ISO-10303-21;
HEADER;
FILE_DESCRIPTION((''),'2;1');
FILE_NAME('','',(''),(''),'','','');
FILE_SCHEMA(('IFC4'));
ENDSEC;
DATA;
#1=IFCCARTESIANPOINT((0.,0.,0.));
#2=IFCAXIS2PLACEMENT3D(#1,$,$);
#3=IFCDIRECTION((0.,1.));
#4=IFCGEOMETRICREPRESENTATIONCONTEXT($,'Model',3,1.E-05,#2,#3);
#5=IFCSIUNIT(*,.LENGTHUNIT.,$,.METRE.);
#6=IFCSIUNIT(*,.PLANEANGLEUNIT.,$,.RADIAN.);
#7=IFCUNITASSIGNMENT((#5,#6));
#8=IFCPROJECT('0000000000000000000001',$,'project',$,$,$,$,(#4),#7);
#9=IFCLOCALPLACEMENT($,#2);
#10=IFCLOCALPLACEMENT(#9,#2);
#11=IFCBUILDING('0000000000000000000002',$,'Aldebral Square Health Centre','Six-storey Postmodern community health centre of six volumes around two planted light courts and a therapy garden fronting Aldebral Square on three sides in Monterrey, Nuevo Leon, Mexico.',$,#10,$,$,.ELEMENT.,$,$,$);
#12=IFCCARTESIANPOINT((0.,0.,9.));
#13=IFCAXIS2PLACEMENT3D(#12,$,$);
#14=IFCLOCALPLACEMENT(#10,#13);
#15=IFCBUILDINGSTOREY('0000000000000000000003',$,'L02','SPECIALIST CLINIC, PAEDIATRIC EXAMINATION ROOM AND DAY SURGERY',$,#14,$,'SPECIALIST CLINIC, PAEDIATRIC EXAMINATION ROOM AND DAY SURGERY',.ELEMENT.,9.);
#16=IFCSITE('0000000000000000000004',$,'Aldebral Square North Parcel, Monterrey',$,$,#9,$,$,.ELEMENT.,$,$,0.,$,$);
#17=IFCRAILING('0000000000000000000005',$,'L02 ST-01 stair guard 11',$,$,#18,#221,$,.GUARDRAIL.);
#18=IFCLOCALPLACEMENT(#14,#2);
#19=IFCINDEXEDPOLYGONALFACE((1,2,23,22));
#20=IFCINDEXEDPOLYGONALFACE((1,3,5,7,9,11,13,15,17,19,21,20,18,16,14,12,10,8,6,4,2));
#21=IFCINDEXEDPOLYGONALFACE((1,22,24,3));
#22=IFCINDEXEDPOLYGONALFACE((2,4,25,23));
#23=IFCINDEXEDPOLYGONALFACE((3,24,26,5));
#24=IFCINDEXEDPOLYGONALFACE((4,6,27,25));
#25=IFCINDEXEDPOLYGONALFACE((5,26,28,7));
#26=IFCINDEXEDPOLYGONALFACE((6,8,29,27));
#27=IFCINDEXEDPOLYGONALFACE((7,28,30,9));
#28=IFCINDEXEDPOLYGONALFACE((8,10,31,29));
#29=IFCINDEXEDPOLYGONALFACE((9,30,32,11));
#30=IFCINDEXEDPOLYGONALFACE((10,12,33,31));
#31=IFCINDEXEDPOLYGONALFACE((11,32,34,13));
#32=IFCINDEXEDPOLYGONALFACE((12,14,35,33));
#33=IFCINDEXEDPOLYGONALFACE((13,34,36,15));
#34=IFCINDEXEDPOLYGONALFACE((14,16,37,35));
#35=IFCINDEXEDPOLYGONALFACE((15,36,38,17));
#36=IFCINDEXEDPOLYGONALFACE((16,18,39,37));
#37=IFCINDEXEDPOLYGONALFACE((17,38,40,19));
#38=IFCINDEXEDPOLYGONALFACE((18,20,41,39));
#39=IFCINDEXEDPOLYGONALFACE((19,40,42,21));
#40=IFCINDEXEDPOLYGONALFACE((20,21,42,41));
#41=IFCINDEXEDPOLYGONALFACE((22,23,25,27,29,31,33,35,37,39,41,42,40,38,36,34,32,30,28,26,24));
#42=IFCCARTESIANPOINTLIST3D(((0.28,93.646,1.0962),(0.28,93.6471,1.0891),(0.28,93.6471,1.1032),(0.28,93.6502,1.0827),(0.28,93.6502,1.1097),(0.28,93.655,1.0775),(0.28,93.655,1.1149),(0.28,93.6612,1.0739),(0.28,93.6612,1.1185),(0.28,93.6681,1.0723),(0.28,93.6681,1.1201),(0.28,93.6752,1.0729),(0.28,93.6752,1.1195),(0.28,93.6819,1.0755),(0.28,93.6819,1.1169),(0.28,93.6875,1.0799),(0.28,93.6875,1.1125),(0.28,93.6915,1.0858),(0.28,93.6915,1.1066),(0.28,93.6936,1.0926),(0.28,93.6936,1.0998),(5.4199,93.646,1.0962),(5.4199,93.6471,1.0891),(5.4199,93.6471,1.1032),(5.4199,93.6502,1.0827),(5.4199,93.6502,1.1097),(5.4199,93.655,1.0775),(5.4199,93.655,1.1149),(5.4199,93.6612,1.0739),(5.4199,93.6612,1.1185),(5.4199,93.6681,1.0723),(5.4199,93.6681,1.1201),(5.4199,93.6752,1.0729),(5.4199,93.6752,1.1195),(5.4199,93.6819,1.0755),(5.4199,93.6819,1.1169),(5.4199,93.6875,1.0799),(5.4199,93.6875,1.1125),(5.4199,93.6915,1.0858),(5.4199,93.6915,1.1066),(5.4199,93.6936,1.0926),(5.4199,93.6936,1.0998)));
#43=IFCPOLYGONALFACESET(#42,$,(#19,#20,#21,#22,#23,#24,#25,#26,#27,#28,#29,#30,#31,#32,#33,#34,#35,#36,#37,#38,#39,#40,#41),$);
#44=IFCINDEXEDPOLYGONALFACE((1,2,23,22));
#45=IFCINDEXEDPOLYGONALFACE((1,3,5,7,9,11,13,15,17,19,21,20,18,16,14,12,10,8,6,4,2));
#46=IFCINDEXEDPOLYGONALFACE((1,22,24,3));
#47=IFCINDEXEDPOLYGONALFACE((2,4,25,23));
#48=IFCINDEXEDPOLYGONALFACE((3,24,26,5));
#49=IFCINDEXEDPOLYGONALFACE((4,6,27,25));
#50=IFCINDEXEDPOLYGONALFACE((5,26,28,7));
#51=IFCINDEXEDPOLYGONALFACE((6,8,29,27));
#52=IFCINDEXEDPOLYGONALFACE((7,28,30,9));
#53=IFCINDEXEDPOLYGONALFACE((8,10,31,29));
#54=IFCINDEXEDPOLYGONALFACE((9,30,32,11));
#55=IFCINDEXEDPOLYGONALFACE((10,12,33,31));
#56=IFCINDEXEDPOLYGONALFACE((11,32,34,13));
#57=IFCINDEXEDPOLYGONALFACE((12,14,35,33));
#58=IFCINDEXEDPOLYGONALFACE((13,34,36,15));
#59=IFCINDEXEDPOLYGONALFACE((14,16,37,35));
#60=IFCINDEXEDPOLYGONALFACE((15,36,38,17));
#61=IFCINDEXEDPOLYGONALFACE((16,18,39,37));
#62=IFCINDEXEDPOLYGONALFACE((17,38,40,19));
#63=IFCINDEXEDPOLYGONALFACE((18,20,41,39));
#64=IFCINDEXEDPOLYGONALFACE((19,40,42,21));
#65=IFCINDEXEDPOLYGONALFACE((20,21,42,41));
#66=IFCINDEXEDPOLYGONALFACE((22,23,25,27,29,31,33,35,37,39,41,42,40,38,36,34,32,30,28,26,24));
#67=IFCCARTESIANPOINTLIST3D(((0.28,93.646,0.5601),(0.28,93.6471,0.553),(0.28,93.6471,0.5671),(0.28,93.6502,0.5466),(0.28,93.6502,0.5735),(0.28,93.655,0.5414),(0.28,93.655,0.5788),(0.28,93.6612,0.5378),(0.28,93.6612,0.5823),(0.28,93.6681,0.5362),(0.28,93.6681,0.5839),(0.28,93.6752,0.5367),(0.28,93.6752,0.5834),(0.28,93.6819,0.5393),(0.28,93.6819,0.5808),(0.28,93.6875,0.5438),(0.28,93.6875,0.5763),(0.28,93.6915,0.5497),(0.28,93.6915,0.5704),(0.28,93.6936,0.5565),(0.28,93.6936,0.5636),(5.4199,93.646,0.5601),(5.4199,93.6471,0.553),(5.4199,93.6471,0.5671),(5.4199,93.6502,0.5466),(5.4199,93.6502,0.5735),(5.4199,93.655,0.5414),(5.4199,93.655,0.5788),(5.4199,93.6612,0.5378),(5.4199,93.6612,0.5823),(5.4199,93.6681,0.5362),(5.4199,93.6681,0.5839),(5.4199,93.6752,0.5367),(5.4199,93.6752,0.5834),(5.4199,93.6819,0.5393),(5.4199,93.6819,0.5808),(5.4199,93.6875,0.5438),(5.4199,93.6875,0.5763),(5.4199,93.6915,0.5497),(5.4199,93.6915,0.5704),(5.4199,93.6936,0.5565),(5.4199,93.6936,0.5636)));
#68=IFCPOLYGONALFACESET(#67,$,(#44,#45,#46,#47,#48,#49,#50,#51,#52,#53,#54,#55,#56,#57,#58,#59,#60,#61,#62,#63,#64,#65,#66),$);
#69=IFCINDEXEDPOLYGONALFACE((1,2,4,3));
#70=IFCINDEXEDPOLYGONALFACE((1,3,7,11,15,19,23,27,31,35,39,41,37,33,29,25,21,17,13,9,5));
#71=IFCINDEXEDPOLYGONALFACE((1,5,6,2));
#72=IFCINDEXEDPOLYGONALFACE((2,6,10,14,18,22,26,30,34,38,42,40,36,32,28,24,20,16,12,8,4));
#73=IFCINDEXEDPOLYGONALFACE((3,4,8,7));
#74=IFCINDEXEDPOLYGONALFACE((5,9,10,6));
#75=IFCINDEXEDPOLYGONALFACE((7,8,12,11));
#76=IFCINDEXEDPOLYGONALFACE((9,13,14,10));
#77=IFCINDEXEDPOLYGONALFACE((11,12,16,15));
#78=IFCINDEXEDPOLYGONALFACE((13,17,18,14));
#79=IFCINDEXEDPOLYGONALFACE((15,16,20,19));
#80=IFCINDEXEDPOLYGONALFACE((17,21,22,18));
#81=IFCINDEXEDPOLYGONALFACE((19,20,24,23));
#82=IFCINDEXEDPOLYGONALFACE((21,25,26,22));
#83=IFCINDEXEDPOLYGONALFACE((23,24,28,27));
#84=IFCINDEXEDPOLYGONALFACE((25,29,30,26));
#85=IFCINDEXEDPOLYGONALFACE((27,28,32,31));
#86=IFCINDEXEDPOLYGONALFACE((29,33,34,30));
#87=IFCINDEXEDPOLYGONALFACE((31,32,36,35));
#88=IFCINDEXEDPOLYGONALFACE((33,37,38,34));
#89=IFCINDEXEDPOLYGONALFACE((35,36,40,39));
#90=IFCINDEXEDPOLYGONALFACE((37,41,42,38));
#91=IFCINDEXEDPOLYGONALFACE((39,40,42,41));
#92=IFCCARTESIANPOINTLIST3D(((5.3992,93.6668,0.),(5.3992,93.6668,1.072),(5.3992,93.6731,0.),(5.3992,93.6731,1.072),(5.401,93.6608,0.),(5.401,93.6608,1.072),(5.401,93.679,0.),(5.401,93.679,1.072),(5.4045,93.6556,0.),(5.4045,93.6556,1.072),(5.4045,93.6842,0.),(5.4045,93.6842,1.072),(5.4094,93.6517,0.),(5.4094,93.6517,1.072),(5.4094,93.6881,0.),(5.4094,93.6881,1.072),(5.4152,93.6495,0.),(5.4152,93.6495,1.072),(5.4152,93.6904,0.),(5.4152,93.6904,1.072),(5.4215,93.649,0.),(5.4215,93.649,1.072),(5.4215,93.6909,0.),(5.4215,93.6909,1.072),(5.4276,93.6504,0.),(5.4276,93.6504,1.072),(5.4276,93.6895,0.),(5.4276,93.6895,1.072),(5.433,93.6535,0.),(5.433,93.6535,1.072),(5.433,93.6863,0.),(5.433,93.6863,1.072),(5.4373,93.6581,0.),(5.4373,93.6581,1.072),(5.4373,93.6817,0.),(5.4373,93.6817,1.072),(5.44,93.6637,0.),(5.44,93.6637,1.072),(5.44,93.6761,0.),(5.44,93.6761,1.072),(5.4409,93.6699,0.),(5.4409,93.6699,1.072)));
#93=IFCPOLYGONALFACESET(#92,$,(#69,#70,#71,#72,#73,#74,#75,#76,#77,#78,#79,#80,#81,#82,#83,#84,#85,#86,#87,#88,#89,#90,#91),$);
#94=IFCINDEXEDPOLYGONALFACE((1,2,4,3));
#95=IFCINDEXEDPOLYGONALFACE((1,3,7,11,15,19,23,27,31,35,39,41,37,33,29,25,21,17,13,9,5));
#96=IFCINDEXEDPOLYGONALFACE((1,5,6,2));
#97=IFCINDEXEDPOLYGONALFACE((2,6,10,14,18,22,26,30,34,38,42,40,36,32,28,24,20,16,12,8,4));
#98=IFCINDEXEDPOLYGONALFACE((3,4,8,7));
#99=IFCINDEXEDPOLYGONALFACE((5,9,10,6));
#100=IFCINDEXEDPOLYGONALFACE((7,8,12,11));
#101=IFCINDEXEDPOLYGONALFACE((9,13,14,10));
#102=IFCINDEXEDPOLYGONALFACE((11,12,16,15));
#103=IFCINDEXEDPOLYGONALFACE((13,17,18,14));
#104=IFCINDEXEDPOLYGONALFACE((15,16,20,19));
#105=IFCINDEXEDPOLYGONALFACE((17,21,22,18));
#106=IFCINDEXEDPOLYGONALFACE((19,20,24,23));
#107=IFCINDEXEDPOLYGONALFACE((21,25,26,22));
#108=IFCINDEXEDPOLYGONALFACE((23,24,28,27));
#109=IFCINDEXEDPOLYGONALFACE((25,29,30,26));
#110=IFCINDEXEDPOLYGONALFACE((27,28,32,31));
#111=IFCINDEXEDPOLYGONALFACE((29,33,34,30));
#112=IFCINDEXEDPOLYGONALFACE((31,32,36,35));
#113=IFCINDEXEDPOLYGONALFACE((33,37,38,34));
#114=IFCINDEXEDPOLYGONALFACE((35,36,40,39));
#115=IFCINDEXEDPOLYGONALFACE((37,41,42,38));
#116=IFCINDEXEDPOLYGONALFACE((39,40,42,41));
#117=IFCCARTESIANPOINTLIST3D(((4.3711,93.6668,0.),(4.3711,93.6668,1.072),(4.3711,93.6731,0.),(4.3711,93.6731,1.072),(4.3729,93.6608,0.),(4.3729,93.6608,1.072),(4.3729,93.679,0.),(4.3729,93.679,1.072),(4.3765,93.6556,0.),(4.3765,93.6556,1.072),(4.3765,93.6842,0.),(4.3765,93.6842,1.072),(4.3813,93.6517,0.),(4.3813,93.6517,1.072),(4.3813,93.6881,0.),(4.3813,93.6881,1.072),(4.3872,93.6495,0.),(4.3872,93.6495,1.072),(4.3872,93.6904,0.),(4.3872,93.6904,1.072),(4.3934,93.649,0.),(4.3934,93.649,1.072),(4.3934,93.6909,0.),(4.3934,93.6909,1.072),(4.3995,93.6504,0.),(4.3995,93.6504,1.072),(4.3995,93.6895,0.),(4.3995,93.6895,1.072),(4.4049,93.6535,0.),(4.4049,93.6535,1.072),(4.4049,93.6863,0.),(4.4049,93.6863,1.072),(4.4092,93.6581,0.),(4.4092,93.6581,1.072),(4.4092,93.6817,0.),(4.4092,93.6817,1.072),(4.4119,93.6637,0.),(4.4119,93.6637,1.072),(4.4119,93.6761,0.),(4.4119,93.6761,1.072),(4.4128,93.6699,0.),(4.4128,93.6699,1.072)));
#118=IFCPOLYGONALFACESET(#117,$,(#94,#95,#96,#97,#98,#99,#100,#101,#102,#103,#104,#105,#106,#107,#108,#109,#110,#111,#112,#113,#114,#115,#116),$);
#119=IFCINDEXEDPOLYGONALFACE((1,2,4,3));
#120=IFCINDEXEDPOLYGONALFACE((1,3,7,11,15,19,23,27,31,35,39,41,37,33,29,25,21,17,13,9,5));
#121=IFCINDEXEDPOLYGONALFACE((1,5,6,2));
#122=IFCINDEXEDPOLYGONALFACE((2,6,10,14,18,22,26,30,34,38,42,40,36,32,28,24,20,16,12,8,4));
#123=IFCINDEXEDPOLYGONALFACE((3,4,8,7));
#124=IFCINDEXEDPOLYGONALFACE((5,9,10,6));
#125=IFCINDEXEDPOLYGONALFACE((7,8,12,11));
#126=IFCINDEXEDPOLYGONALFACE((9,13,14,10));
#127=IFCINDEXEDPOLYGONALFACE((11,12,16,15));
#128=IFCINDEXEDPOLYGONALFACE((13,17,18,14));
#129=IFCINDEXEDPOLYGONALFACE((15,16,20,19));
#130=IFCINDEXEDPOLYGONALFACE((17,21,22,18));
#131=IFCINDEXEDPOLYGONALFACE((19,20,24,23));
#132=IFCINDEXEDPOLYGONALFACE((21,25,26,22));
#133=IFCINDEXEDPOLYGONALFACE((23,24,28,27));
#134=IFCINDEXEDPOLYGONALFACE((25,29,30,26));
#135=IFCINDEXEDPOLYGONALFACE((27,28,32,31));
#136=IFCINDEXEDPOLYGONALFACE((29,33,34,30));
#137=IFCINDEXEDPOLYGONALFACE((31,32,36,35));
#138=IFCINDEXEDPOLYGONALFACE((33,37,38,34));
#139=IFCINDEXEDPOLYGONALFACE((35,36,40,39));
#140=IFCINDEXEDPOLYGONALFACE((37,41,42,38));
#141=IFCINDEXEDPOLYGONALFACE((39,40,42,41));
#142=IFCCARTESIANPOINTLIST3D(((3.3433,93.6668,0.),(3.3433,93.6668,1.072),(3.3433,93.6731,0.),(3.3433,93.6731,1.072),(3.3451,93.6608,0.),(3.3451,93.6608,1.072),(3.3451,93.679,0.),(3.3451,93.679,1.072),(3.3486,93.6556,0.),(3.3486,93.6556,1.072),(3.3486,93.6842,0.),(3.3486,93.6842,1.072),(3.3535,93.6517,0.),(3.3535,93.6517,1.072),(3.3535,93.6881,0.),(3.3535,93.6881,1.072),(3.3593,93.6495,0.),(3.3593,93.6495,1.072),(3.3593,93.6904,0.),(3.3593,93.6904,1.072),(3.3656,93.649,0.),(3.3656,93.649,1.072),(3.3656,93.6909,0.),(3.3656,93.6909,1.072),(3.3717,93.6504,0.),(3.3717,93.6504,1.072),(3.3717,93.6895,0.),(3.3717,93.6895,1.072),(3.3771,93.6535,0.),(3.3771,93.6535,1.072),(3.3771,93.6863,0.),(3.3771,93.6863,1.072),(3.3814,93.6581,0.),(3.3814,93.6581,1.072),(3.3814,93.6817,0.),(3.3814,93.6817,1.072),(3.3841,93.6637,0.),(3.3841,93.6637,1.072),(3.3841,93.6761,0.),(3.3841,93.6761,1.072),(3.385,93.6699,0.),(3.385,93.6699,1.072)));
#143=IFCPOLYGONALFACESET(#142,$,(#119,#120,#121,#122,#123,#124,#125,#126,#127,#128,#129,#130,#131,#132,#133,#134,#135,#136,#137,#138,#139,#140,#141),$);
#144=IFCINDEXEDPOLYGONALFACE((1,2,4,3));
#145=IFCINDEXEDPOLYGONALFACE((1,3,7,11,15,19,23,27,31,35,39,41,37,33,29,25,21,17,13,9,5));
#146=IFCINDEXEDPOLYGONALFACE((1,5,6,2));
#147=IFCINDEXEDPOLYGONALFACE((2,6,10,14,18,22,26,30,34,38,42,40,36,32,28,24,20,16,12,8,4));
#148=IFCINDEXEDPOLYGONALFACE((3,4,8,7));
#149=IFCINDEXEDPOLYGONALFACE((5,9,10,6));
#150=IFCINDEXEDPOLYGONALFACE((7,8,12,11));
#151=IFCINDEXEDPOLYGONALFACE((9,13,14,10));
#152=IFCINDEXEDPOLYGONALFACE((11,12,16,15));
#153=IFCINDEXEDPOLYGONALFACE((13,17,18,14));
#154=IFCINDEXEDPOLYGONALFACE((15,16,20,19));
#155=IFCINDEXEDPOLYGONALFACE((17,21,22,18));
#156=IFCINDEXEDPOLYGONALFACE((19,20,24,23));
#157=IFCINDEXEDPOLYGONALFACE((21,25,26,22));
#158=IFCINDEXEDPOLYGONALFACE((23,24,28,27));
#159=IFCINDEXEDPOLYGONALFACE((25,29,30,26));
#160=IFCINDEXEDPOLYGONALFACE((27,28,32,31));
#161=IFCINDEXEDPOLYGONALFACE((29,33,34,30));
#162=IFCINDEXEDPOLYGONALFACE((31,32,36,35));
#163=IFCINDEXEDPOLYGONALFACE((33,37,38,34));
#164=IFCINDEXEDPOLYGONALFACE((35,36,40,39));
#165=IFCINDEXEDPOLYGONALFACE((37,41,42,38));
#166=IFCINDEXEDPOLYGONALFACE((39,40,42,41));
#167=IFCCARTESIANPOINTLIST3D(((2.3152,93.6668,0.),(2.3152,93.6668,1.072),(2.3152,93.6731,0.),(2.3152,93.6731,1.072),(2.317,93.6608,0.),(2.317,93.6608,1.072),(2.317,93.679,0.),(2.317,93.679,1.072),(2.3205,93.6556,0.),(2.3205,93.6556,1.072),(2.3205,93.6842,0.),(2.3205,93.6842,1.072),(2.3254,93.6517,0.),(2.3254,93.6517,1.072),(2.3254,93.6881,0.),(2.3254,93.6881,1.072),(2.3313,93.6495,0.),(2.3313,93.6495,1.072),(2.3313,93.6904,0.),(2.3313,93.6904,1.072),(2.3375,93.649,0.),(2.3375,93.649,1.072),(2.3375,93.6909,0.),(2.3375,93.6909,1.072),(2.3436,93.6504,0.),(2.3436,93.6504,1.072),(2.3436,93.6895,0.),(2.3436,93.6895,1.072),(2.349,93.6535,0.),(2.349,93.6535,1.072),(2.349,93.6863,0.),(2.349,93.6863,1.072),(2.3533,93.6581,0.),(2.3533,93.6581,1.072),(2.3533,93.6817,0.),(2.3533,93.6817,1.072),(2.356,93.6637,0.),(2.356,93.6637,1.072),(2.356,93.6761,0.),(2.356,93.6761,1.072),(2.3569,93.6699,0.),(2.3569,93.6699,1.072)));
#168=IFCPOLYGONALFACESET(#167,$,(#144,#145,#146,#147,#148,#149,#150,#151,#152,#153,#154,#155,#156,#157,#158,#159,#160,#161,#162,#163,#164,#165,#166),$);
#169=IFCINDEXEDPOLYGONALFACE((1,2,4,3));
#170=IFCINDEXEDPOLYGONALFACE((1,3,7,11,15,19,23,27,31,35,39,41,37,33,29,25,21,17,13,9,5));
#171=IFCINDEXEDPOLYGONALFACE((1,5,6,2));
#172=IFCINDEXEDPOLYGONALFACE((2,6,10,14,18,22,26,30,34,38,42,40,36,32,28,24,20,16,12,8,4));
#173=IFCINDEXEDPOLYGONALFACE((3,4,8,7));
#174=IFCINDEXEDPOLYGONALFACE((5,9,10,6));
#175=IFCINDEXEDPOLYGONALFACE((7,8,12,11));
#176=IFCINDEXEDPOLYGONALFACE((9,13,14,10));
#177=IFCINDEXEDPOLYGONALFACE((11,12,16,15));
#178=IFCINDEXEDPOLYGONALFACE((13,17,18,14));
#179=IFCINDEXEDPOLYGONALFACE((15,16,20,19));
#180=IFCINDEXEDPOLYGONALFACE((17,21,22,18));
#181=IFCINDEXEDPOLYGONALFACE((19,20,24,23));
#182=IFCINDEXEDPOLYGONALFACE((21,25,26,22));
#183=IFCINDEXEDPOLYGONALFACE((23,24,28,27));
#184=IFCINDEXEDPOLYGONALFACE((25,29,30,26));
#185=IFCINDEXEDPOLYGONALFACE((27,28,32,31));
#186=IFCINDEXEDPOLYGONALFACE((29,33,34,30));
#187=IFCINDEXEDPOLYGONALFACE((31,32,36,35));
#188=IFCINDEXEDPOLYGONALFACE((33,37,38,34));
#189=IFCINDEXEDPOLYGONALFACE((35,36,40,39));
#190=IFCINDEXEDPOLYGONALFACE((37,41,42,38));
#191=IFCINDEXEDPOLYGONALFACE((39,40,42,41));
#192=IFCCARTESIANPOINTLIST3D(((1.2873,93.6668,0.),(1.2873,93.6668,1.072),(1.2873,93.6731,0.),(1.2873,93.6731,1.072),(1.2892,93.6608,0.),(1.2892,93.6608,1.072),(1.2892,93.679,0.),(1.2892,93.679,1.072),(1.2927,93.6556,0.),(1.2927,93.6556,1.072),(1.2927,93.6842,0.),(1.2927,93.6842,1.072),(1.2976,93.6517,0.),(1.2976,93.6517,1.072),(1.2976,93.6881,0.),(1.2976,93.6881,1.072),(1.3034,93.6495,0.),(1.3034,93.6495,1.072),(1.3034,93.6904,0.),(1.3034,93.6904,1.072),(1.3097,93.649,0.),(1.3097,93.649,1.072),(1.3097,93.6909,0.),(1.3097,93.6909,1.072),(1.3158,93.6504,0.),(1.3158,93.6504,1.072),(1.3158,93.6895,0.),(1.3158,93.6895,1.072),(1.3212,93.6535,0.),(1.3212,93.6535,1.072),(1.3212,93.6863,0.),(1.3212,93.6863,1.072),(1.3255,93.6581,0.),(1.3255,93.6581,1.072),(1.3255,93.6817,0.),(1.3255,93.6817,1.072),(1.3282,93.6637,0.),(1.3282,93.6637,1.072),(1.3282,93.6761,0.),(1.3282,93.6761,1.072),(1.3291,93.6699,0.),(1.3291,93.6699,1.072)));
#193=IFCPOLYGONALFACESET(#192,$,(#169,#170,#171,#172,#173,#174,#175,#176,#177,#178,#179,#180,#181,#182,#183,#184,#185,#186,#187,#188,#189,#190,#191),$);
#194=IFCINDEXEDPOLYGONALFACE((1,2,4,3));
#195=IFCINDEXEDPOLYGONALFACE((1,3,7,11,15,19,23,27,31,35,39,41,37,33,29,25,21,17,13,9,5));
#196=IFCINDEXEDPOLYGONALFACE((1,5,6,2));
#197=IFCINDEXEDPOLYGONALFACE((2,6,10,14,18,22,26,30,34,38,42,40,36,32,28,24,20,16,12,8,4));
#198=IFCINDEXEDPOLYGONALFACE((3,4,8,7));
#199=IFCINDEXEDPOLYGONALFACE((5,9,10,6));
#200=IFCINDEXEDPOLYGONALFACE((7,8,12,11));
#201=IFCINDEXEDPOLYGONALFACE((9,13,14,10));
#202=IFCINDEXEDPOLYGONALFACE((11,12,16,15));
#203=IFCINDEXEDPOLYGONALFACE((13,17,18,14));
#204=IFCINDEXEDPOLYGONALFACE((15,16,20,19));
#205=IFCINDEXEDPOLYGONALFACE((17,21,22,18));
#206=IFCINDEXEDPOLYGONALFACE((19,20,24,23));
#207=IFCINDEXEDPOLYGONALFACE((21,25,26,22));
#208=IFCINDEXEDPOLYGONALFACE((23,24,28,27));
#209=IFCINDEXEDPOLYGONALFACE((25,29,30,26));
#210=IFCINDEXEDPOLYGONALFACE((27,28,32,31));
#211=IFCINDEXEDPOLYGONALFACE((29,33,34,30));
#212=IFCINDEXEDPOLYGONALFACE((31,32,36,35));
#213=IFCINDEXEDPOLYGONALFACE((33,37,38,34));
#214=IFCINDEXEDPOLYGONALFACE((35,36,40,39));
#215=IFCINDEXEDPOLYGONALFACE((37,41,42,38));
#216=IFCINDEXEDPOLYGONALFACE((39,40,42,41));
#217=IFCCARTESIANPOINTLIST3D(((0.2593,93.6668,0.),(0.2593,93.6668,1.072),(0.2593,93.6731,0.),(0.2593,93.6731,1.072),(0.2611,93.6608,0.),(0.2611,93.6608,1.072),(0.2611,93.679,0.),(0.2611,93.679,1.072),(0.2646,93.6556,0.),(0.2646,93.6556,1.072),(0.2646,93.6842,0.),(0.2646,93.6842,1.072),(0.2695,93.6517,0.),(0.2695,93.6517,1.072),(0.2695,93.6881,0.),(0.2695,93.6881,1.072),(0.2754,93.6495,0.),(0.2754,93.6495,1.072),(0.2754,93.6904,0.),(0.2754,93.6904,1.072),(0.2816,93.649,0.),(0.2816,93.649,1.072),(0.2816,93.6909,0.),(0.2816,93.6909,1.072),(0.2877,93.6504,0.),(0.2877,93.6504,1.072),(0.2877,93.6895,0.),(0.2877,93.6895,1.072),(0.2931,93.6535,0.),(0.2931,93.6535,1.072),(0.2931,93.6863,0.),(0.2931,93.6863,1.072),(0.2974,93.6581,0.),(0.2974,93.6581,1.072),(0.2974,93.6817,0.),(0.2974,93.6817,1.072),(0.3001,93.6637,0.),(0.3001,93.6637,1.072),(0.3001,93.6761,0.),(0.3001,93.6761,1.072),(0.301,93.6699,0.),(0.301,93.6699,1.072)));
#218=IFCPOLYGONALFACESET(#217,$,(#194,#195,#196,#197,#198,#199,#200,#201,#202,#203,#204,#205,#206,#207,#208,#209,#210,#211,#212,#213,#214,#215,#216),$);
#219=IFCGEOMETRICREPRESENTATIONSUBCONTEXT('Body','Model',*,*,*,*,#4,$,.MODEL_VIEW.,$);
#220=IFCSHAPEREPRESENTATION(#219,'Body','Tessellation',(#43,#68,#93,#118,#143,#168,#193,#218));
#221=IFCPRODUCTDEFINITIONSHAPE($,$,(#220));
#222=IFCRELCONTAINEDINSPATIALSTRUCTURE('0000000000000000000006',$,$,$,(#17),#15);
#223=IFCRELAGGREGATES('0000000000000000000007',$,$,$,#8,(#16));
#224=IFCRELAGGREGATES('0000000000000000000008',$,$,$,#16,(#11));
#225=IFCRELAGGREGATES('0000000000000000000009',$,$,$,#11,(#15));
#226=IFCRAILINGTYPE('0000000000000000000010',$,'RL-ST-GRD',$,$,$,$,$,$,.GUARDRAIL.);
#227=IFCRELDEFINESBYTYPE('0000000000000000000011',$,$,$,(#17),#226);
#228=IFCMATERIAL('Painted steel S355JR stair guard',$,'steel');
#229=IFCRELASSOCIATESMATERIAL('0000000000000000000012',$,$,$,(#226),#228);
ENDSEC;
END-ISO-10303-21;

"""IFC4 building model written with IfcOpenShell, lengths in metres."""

from ifc_helpers import new_model, si_unit, direction, frame, origin, origin_2d, place, context, subcontext, project, spatial, circle, extrude, material, type_object, element, save


model = new_model("IFC4")

# Units and contexts
model_context = context("Model", 3, precision=1e-05, world=origin(), true_north=direction((0.0, 1.0)))
body_context = subcontext(model_context, "Body", "Model", "MODEL_VIEW")
ifc_project = project(units=[si_unit("LENGTHUNIT", "METRE"), si_unit("PLANEANGLEUNIT", "RADIAN")], contexts=[model_context])

# Site, building, storey
site_placement = place(None, origin())
site = spatial("IfcSite", under=ifc_project, at=site_placement, Name="Aldebral Square North Parcel, Monterrey", CompositionType="ELEMENT", RefElevation=0.0)
building_placement = place(site_placement, origin())
building = spatial("IfcBuilding", under=site, at=building_placement, Name="Aldebral Square Health Centre", Description="Six-storey Postmodern community health centre of six volumes around two planted light courts and a therapy garden fronting Aldebral Square on three sides in Monterrey, Nuevo Leon, Mexico.", CompositionType="ELEMENT")
storey_placement = place(building_placement, frame((0.0, 0.0, 9.0)))
storey = spatial("IfcBuildingStorey", under=building, at=storey_placement, Name="L02", Description="SPECIALIST CLINIC, PAEDIATRIC EXAMINATION ROOM AND DAY SURGERY", LongName="SPECIALIST CLINIC, PAEDIATRIC EXAMINATION ROOM AND DAY SURGERY", CompositionType="ELEMENT", Elevation=9.0)

# Railing
ifc_material_1 = material(Name="Painted steel S355JR stair guard", Category="steel")
railing_type_1 = type_object("IfcRailingType", Name="RL-ST-GRD", PredefinedType="GUARDRAIL", material=ifc_material_1)
railing_1_placement = place(storey_placement, frame((5.4199, 93.6699, 0.0)))
element("IfcRailing", 1, at=railing_1_placement, inside=storey, type_object=railing_type_1, Name="L02 ST-01 stair guard 11", PredefinedType="GUARDRAIL", context=body_context, shape_type="SweptSolid", body=[
    extrude(circle(Radius=0.0239, at=origin_2d()), frame((0.0, 0.0, 1.0962), z_axis=(-1.0, 0.0, 0.0), x_axis=(0.0, -1.0, 0.0)), (0.0, 0.0, 1.0), 5.1399),
    extrude(circle(Radius=0.0239, at=origin_2d()), frame((0.0, 0.0, 0.5601), z_axis=(-1.0, 0.0, 0.0), x_axis=(0.0, -1.0, 0.0)), (0.0, 0.0, 1.0), 5.1399),
    extrude(circle(Radius=0.021, at=origin_2d()), origin(), (0.0, 0.0, 1.0), 1.072),
    extrude(circle(Radius=0.021, at=origin_2d()), frame((-1.0281, 0.0, 0.0)), (0.0, 0.0, 1.0), 1.072),
    extrude(circle(Radius=0.021, at=origin_2d()), frame((-2.0559, 0.0, 0.0)), (0.0, 0.0, 1.0), 1.072),
    extrude(circle(Radius=0.021, at=origin_2d()), frame((-3.084, 0.0, 0.0)), (0.0, 0.0, 1.0), 1.072),
    extrude(circle(Radius=0.021, at=origin_2d()), frame((-4.1118, 0.0, 0.0)), (0.0, 0.0, 1.0), 1.072),
    extrude(circle(Radius=0.021, at=origin_2d()), frame((-5.1399, 0.0, 0.0)), (0.0, 0.0, 1.0), 1.072),
])

save(model, "model.ifc")
